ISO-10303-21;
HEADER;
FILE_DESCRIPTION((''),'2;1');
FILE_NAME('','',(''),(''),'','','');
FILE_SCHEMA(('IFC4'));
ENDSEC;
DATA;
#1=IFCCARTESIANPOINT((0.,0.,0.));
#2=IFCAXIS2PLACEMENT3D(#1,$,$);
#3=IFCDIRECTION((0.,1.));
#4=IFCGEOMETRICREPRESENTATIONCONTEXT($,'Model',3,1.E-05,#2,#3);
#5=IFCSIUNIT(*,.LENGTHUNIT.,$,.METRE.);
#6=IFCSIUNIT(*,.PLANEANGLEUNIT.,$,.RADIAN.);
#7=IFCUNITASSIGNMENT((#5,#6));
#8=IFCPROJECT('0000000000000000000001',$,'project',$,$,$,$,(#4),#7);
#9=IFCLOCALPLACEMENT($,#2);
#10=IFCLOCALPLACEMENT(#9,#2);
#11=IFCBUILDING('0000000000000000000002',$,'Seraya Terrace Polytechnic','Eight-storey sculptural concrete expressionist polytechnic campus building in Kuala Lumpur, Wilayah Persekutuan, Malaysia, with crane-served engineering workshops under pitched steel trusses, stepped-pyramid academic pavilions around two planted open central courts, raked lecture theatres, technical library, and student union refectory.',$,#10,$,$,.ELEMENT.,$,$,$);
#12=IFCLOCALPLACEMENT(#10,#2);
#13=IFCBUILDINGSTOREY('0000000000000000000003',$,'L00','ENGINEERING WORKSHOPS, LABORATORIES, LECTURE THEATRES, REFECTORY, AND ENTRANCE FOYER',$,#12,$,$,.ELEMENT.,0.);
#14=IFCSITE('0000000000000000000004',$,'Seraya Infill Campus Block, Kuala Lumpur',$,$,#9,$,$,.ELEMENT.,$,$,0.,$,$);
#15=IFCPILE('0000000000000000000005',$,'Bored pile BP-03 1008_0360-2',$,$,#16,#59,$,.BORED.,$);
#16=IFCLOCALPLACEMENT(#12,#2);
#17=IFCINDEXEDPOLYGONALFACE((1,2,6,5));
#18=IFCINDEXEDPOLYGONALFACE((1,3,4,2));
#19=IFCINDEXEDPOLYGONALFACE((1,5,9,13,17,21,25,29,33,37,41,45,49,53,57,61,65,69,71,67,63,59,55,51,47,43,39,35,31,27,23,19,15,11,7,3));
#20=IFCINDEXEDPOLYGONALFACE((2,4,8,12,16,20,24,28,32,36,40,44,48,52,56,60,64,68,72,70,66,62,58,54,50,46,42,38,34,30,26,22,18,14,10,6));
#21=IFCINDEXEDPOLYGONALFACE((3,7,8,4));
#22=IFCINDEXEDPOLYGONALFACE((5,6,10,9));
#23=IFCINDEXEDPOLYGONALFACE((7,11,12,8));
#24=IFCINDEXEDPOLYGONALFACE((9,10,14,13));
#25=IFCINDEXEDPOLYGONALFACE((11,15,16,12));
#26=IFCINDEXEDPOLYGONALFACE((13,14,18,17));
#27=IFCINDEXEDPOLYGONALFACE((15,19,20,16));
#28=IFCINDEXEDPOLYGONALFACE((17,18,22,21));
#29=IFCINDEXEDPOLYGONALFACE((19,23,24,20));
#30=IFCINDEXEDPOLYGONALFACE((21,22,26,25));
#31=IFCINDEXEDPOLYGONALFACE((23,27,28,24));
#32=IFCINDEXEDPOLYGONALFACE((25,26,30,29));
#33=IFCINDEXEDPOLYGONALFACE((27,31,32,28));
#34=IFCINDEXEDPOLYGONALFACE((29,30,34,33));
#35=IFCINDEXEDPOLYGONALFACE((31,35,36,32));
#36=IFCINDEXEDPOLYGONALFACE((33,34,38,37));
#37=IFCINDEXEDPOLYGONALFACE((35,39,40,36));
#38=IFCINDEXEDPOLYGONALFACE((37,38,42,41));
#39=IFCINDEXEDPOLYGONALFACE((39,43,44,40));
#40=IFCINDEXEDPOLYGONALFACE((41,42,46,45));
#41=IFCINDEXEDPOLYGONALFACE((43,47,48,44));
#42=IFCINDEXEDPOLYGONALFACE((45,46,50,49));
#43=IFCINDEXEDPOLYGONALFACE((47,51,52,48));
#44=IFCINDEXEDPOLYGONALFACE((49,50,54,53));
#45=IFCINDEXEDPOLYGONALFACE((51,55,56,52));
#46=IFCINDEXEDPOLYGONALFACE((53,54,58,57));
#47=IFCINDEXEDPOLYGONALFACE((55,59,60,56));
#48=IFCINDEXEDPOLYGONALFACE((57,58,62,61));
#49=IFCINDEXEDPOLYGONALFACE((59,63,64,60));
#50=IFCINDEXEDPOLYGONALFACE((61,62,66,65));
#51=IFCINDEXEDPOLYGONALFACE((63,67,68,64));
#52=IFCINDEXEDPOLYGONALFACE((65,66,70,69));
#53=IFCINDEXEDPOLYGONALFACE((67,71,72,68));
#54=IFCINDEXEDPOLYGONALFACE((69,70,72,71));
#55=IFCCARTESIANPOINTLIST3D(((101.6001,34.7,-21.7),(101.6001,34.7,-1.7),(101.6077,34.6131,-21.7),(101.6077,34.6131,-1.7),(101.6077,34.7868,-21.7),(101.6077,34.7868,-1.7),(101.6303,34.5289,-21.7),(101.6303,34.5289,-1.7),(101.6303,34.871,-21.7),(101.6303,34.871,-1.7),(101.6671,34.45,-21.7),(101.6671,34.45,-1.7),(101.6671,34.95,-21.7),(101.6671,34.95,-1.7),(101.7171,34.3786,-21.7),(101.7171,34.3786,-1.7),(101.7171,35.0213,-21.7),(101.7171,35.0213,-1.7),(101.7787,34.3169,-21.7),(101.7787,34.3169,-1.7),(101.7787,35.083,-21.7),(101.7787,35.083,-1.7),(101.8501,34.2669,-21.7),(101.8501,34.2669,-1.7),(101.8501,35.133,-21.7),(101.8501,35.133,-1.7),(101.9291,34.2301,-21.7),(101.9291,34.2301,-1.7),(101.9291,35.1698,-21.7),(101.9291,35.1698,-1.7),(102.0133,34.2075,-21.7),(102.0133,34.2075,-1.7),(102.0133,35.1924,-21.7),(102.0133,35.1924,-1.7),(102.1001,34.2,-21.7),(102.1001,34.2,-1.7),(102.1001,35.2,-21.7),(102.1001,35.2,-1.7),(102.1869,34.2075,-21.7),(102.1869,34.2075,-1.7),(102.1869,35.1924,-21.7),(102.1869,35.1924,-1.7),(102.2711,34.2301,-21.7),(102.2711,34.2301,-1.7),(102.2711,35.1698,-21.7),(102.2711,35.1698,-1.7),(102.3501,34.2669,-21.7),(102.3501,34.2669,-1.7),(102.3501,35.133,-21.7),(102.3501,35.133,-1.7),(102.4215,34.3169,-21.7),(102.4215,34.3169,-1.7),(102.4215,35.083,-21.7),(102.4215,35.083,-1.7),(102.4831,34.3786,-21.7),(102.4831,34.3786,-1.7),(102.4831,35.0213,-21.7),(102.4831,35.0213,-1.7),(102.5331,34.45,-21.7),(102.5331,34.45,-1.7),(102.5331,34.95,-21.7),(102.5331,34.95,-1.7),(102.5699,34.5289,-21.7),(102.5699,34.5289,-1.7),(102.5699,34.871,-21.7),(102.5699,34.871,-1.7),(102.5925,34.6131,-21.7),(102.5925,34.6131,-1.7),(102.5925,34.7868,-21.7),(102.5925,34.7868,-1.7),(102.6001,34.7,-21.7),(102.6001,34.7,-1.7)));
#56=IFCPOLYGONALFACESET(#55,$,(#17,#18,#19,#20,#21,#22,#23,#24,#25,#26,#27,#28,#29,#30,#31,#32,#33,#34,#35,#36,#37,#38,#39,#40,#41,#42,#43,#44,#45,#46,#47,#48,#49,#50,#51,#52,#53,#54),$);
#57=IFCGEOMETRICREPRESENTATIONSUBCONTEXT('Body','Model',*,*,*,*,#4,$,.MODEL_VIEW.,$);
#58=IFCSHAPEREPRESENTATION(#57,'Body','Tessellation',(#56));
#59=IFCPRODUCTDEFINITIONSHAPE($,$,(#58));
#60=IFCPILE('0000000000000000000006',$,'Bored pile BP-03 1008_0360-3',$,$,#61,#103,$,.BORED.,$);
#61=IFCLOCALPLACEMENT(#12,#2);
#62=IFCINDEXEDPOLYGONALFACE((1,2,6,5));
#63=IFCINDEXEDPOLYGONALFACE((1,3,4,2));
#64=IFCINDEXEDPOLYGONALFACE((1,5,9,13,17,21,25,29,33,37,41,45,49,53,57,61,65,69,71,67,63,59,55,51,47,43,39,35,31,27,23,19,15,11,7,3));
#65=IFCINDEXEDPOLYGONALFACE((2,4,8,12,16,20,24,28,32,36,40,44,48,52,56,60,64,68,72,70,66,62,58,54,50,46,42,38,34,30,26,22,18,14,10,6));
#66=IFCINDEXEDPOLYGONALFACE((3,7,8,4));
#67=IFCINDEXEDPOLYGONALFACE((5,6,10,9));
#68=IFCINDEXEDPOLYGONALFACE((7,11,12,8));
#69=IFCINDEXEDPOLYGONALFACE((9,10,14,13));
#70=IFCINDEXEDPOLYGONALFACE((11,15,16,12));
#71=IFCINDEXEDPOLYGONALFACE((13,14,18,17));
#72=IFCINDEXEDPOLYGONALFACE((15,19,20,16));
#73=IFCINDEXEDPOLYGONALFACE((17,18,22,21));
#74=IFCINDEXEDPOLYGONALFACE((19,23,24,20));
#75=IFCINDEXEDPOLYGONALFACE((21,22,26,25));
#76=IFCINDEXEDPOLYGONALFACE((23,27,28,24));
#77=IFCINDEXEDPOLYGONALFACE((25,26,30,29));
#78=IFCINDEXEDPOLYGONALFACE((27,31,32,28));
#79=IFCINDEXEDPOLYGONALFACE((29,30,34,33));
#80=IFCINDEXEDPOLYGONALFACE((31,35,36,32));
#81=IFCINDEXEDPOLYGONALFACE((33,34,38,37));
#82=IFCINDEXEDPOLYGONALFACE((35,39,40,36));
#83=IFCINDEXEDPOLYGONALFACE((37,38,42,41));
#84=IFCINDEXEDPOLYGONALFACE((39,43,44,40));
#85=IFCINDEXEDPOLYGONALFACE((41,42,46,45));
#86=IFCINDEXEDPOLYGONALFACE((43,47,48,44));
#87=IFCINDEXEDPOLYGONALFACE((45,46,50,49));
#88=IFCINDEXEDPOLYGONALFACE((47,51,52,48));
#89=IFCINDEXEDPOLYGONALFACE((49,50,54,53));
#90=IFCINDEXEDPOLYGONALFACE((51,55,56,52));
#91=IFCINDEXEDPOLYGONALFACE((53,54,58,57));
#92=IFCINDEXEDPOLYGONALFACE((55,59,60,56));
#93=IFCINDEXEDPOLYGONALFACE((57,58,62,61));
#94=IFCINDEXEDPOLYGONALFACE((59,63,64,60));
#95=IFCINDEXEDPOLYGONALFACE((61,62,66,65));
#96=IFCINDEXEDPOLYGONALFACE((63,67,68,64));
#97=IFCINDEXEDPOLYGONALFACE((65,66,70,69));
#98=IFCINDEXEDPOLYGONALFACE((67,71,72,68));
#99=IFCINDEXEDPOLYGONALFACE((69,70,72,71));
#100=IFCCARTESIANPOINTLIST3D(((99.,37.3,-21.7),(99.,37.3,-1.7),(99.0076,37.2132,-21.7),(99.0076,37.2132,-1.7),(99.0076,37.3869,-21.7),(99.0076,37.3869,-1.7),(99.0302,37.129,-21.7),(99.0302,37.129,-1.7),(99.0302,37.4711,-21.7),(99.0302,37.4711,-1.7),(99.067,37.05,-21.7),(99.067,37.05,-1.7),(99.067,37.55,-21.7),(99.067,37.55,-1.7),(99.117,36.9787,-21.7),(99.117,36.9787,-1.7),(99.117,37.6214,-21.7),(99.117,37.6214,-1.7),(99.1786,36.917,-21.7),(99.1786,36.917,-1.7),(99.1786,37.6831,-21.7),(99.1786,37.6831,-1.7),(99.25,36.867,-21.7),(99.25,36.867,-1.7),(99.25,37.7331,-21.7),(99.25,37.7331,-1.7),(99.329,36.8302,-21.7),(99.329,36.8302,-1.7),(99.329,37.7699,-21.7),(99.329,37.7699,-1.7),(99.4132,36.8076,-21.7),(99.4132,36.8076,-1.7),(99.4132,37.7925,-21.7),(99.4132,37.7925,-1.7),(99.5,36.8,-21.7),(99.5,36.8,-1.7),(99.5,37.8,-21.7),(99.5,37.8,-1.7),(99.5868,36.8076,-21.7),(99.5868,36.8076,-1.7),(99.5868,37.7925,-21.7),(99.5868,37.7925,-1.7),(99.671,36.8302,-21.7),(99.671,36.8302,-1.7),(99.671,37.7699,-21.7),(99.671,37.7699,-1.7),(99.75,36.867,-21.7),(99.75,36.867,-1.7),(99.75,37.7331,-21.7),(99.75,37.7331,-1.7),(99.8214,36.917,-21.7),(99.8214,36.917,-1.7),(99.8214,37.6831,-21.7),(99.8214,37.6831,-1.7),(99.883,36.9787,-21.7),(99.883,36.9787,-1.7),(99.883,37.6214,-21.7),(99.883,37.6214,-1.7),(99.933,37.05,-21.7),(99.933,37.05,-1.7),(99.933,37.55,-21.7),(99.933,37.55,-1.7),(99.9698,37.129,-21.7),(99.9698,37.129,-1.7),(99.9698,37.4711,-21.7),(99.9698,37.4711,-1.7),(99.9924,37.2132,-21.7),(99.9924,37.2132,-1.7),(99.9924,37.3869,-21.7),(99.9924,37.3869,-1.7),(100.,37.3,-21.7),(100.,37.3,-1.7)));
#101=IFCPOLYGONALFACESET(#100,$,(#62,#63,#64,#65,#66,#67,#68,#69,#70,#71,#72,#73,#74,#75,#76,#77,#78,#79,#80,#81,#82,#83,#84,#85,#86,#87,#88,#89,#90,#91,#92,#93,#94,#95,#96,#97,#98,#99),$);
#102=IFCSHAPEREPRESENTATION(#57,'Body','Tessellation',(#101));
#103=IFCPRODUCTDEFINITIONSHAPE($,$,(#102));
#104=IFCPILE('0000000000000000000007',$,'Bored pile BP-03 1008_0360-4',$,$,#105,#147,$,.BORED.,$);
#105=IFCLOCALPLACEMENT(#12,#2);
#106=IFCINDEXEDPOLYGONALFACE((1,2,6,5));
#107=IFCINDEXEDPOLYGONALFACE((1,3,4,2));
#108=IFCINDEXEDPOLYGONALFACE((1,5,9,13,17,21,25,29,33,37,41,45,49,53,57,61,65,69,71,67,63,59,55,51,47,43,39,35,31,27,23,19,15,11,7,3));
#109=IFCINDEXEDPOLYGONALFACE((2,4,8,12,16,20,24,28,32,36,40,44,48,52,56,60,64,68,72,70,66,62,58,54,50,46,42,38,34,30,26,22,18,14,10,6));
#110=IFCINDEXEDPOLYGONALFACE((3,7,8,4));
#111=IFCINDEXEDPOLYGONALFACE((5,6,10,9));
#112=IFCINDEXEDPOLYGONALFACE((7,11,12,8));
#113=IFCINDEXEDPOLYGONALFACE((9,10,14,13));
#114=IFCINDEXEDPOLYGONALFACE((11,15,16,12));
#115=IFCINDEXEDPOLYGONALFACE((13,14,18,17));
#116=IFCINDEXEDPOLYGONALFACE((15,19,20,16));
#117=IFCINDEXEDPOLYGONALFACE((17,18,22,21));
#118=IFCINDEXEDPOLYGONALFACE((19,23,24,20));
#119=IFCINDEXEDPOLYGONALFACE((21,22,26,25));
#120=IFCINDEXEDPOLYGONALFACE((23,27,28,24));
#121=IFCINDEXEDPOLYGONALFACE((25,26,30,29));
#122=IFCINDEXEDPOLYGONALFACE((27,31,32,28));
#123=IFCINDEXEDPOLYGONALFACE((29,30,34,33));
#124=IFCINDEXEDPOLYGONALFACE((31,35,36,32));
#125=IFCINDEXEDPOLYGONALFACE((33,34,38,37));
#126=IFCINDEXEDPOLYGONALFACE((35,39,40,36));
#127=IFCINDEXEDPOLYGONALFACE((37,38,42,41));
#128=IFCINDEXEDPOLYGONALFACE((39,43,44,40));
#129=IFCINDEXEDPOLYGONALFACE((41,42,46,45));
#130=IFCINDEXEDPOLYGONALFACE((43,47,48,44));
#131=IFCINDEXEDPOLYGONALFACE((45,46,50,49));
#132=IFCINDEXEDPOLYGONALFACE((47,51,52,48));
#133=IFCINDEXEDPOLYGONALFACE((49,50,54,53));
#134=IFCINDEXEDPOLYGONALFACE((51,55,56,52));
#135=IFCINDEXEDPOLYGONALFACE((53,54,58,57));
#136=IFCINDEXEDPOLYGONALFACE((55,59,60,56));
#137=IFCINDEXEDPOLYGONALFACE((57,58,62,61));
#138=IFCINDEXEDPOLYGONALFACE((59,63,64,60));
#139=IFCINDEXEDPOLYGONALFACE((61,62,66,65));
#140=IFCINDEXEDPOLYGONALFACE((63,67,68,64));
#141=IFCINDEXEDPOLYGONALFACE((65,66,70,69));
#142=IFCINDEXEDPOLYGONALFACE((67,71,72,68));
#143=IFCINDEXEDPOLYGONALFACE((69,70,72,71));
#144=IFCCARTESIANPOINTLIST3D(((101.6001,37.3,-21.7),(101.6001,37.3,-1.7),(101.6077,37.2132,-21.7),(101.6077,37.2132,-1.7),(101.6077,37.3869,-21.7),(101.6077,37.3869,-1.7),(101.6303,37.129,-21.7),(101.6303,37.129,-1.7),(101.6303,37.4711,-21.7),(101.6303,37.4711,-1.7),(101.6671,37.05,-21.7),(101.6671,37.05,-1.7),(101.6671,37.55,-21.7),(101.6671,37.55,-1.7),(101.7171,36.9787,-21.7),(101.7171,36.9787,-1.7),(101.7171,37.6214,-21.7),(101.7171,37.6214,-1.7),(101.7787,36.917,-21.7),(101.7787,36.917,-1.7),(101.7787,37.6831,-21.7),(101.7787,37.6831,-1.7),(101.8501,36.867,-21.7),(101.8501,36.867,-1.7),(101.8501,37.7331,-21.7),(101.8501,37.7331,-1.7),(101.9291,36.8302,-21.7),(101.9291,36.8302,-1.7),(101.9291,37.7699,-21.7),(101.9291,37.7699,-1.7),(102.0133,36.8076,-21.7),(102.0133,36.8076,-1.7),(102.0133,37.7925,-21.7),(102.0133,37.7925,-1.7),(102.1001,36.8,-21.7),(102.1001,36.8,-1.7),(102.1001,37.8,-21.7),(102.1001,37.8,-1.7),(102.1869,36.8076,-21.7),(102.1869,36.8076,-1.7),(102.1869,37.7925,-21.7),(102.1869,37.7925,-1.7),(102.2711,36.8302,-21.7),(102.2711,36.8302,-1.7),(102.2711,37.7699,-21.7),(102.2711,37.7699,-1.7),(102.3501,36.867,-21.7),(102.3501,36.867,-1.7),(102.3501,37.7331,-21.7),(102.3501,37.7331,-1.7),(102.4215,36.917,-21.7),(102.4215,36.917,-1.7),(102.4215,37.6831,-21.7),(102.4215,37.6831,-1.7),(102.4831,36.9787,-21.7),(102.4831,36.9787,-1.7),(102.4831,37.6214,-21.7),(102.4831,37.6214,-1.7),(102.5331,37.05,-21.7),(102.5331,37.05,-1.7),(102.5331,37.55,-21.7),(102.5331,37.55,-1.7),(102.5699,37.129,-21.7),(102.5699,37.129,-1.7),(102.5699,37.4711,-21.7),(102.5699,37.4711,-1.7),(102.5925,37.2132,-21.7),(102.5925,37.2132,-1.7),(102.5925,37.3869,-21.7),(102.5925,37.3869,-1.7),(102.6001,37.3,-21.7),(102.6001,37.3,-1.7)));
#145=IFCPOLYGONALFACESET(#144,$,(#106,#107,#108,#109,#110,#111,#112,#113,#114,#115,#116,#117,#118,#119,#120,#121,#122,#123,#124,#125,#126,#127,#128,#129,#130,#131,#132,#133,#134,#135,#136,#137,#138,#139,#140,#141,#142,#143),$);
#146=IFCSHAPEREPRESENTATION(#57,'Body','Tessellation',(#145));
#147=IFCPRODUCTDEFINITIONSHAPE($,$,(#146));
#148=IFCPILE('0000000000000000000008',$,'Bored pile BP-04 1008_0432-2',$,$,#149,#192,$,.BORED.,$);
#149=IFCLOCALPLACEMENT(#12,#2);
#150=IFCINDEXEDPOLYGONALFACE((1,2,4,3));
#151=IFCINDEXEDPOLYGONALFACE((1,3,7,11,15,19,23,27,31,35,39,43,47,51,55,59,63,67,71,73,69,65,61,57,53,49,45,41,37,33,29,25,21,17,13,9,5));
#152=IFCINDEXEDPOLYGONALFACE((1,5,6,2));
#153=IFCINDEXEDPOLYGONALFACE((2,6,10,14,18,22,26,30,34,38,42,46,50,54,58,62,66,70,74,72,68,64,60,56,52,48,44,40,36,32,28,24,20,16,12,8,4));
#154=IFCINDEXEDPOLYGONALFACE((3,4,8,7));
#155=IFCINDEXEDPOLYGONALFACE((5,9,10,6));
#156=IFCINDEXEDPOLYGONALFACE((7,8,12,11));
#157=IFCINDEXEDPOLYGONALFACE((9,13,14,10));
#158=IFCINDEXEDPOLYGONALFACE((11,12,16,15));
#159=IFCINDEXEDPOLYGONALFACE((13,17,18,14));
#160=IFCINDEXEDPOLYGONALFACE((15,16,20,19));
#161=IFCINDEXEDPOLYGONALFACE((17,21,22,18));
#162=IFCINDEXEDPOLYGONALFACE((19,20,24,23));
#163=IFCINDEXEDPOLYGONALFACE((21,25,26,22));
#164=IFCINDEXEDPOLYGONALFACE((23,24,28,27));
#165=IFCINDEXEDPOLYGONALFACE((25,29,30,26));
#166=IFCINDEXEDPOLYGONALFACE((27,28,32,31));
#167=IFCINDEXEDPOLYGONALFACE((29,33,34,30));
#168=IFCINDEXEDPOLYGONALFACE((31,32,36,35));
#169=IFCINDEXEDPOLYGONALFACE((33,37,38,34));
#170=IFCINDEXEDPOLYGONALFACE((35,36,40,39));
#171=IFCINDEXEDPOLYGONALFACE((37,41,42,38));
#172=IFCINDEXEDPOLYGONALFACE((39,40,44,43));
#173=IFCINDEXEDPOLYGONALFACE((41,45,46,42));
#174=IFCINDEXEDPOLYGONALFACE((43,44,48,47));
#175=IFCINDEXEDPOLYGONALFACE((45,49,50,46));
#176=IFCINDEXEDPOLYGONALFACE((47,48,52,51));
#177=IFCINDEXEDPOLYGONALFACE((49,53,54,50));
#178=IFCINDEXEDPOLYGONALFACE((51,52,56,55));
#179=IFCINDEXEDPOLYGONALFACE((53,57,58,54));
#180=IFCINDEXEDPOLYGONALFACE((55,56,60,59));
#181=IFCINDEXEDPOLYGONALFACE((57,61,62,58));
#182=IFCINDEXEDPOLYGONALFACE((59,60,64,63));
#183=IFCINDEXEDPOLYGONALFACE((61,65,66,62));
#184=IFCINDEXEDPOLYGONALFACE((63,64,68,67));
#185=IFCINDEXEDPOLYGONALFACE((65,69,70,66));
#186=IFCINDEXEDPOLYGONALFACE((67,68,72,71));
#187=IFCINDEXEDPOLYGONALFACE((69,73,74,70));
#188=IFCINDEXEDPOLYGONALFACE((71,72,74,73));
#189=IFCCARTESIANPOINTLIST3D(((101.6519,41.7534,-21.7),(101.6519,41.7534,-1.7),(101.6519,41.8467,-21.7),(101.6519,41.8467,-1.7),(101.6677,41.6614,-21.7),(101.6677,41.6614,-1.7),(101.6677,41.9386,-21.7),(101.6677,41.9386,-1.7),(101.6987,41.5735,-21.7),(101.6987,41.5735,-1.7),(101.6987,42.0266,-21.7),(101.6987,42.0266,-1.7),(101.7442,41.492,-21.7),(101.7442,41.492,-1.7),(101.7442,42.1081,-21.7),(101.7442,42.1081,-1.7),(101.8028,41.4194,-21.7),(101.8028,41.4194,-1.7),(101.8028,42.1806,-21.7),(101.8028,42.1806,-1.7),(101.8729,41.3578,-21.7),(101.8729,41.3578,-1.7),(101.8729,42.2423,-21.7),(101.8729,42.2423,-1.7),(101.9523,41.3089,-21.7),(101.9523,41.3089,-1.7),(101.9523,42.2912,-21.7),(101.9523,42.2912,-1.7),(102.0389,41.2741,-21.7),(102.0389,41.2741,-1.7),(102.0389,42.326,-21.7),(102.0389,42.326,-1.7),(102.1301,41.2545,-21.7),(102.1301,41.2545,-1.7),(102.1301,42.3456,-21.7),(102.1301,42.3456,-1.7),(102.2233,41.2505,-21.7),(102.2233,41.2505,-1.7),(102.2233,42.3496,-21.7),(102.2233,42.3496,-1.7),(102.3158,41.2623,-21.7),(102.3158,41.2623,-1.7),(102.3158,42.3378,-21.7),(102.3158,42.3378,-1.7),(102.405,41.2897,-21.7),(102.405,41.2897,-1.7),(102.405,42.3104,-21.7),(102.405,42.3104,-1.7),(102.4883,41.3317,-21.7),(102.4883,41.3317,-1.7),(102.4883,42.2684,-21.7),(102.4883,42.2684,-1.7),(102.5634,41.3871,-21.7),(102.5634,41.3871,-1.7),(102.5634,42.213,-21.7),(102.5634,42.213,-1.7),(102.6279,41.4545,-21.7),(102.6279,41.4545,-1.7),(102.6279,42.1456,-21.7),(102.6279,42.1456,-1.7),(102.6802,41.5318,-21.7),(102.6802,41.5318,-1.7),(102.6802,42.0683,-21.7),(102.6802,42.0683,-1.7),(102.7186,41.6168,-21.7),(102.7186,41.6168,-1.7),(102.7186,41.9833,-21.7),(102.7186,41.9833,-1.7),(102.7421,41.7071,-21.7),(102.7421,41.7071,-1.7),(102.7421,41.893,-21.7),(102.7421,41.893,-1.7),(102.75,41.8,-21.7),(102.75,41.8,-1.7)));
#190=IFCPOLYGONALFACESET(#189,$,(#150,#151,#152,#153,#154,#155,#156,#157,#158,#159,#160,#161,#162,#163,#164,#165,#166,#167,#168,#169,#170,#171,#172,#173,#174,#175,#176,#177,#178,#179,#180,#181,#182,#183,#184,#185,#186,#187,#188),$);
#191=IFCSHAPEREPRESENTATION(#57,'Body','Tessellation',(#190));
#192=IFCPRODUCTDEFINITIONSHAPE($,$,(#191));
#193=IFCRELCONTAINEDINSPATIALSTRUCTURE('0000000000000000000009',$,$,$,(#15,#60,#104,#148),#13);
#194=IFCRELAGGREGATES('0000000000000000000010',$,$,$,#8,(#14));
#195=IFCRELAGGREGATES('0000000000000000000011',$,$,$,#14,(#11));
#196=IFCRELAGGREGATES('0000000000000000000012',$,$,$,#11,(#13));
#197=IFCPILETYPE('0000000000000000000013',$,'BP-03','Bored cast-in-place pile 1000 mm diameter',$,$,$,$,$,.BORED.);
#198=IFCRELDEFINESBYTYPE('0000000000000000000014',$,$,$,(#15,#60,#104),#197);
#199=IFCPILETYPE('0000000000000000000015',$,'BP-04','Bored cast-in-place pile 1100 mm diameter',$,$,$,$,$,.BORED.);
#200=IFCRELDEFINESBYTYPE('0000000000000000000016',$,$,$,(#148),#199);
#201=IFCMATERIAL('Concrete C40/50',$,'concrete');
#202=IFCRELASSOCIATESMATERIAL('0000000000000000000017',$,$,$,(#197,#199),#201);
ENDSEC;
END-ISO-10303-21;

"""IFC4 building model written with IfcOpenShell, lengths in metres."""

from ifc_helpers import new_model, si_unit, direction, frame, origin, origin_2d, place, context, subcontext, project, spatial, circle, extrude, material, material_profile, profile_set, type_object, element, save


model = new_model("IFC4")

# Units and contexts
model_context = context("Model", 3, precision=1e-05, world=origin(), true_north=direction((0.0, 1.0)))
body_context = subcontext(model_context, "Body", "Model", "MODEL_VIEW")
ifc_project = project(units=[si_unit("LENGTHUNIT", "METRE"), si_unit("PLANEANGLEUNIT", "RADIAN")], contexts=[model_context])

# Site, building, storey
site_placement = place(None, origin())
site = spatial("IfcSite", under=ifc_project, at=site_placement, Name="Seraya Infill Campus Block, Kuala Lumpur", CompositionType="ELEMENT", RefElevation=0.0)
building_placement = place(site_placement, origin())
building = spatial("IfcBuilding", under=site, at=building_placement, Name="Seraya Terrace Polytechnic", Description="Eight-storey sculptural concrete expressionist polytechnic campus building in Kuala Lumpur, Wilayah Persekutuan, Malaysia, with crane-served engineering workshops under pitched steel trusses, stepped-pyramid academic pavilions around two planted open central courts, raked lecture theatres, technical library, and student union refectory.", CompositionType="ELEMENT")
storey_placement = place(building_placement, origin())
storey = spatial("IfcBuildingStorey", under=building, at=storey_placement, Name="L00", Description="ENGINEERING WORKSHOPS, LABORATORIES, LECTURE THEATRES, REFECTORY, AND ENTRANCE FOYER", CompositionType="ELEMENT", Elevation=0.0)

# Piles
ifc_material_1 = material(Name="Concrete C40/50", Category="concrete")
ifc_material_profile_1 = material_profile(ifc_material_1, circle(Radius=0.5, at=origin_2d()), Name="DIA 1000")
ifc_profile_set_1 = profile_set([ifc_material_profile_1], Name="Concrete C40/50")
pile_type_1 = type_object("IfcPileType", Name="BP-03", Description="Bored cast-in-place pile 1000 mm diameter", PredefinedType="BORED", material=ifc_profile_set_1)
for number, where, z_axis, x_axis, name in (
    (1, (102.1001, 34.7, -1.7), (0.0, 0.0, -1.0), (1.0, 0.0, 0.0), "Bored pile BP-03 1008_0360-2"),
    (2, (99.5, 37.3, -1.7), (0.0, 0.0, -1.0), (1.0, 0.0, 0.0), "Bored pile BP-03 1008_0360-3"),
    (3, (102.1001, 37.3, -1.7), (0.0, 0.0, -1.0), (1.0, 0.0, 0.0), "Bored pile BP-03 1008_0360-4"),
):
    element("IfcPile", number, at=place(storey_placement, frame(where, z_axis=z_axis, x_axis=x_axis)), inside=storey, type_object=pile_type_1, Name=name, PredefinedType="BORED", context=body_context, shape_type="SweptSolid", body=[
        extrude(circle(Radius=0.5, at=origin_2d()), origin(), (0.0, 0.0, 1.0), 20.0),
    ])
ifc_material_profile_2 = material_profile(ifc_material_1, circle(Radius=0.55, at=origin_2d()), Name="DIA 1100")
ifc_profile_set_2 = profile_set([ifc_material_profile_2], Name="Concrete C40/50")
pile_type_2 = type_object("IfcPileType", Name="BP-04", Description="Bored cast-in-place pile 1100 mm diameter", PredefinedType="BORED", material=ifc_profile_set_2)
for number, where, z_axis, x_axis, name in (
    (4, (102.2, 41.8, -1.7), (0.0, 0.0, -1.0), (1.0, 0.0, 0.0), "Bored pile BP-04 1008_0432-2"),
):
    element("IfcPile", number, at=place(storey_placement, frame(where, z_axis=z_axis, x_axis=x_axis)), inside=storey, type_object=pile_type_2, Name=name, PredefinedType="BORED", context=body_context, shape_type="SweptSolid", body=[
        extrude(circle(Radius=0.55, at=origin_2d()), origin(), (0.0, 0.0, 1.0), 20.0),
    ])

save(model, "model.ifc")
